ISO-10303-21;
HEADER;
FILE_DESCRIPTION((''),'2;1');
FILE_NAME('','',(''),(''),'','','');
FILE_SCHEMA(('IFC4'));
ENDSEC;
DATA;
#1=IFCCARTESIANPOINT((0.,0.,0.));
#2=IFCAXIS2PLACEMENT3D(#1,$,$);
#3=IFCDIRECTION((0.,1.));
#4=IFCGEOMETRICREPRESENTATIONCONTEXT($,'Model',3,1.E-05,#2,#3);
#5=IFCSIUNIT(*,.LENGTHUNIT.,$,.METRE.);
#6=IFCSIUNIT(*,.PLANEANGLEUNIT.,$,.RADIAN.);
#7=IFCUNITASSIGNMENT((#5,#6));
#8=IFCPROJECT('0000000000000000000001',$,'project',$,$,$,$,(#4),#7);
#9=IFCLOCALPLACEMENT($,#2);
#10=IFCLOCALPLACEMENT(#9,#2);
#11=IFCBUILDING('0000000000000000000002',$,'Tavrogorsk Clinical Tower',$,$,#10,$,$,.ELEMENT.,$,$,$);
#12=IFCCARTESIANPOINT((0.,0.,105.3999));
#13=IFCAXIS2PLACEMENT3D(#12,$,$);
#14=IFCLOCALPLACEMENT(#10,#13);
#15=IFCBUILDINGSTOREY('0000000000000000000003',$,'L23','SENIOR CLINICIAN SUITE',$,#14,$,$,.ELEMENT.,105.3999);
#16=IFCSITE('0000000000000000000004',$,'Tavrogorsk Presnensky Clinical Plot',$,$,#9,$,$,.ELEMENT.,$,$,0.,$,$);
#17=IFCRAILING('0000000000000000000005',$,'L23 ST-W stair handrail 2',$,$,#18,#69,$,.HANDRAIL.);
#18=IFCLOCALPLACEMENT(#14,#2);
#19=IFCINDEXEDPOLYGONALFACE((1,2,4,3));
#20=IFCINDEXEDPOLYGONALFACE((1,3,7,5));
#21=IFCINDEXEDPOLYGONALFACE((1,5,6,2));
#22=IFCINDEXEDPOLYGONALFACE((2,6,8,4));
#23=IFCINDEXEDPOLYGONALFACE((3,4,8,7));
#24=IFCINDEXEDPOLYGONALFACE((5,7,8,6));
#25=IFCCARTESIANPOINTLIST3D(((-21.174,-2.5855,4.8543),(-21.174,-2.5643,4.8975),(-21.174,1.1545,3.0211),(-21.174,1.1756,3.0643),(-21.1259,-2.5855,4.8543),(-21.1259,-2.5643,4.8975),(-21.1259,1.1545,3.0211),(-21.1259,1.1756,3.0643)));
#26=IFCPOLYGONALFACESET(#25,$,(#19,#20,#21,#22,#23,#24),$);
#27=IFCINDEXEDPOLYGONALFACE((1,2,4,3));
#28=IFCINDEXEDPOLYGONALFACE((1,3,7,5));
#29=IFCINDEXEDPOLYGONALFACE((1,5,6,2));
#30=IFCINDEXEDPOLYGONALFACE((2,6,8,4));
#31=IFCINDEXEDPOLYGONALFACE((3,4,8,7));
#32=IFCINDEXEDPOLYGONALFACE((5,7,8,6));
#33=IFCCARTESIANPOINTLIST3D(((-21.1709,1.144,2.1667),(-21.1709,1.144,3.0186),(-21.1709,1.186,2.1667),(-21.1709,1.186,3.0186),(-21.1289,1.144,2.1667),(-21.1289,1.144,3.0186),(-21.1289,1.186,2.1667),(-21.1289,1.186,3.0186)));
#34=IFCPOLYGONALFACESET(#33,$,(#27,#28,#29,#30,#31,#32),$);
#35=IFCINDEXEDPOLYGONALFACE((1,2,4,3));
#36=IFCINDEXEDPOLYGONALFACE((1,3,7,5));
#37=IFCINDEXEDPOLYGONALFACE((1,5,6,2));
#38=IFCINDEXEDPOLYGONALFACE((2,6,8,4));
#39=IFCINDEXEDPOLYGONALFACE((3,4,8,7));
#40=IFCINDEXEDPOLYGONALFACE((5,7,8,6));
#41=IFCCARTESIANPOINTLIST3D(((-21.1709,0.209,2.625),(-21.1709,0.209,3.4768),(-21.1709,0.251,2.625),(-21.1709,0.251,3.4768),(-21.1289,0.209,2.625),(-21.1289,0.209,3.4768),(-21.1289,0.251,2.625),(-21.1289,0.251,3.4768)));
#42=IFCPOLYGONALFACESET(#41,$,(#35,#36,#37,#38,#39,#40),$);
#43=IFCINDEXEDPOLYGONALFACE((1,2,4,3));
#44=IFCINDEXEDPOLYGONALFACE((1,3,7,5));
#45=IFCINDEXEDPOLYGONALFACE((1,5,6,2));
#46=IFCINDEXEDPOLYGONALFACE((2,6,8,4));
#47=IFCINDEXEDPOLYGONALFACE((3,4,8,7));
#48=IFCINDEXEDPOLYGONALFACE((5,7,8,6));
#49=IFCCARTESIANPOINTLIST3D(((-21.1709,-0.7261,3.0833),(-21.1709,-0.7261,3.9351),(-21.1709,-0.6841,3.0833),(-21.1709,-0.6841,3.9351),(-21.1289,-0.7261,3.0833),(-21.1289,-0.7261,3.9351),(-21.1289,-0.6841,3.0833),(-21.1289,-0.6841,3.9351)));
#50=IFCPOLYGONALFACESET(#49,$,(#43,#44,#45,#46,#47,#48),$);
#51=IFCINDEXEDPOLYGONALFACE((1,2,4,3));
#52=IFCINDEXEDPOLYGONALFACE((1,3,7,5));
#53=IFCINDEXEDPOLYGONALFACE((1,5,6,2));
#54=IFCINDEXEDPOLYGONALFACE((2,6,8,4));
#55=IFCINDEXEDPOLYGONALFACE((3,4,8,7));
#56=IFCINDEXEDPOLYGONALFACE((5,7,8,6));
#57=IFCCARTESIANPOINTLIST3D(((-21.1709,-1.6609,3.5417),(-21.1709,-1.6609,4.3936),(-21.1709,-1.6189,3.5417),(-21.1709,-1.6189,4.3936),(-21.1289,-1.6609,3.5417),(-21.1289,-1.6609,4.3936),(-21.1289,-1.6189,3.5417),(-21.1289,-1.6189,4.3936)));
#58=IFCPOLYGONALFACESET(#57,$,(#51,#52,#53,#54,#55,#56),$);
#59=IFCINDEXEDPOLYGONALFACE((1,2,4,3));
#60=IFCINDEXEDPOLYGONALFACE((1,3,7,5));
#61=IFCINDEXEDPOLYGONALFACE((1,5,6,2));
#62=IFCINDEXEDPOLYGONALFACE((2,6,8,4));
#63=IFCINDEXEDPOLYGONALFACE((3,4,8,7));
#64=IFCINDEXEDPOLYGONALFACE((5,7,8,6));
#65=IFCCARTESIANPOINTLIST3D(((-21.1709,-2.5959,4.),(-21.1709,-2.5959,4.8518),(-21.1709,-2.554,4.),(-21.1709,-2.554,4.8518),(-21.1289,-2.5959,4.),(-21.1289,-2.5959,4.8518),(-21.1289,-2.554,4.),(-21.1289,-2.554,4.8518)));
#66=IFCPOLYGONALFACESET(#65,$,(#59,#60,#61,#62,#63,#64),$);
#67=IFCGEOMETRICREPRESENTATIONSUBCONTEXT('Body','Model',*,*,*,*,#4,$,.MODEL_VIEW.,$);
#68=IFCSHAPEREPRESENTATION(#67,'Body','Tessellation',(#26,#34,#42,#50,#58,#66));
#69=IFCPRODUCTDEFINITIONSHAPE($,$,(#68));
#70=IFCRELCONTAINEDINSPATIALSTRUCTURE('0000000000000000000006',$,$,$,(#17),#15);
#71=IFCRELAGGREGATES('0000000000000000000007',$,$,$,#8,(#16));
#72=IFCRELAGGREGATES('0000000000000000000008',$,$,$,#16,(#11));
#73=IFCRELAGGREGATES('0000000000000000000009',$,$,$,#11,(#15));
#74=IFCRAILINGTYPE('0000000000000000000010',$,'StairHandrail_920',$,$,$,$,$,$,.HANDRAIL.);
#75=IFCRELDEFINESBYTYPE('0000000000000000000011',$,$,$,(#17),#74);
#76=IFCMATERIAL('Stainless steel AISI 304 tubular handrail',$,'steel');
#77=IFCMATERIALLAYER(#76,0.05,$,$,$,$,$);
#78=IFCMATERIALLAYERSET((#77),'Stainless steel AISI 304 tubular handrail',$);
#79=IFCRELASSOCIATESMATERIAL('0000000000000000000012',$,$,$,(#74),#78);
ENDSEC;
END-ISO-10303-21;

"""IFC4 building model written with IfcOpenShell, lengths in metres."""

from ifc_helpers import new_model, si_unit, direction, frame, origin, origin_2d, place, context, subcontext, project, spatial, rectangle, extrude, material, layer, layer_set, type_object, element, save


model = new_model("IFC4")

# Units and contexts
model_context = context("Model", 3, precision=1e-05, world=origin(), true_north=direction((0.0, 1.0)))
body_context = subcontext(model_context, "Body", "Model", "MODEL_VIEW")
ifc_project = project(units=[si_unit("LENGTHUNIT", "METRE"), si_unit("PLANEANGLEUNIT", "RADIAN")], contexts=[model_context])

# Site, building, storey
site_placement = place(None, origin())
site = spatial("IfcSite", under=ifc_project, at=site_placement, Name="Tavrogorsk Presnensky Clinical Plot", CompositionType="ELEMENT", RefElevation=0.0)
building_placement = place(site_placement, origin())
building = spatial("IfcBuilding", under=site, at=building_placement, Name="Tavrogorsk Clinical Tower", CompositionType="ELEMENT")
storey_placement = place(building_placement, frame((0.0, 0.0, 105.3999)))
storey = spatial("IfcBuildingStorey", under=building, at=storey_placement, Name="L23", Description="SENIOR CLINICIAN SUITE", CompositionType="ELEMENT", Elevation=105.3999)

# Railing
ifc_material_1 = material(Name="Stainless steel AISI 304 tubular handrail", Category="steel")
ifc_layer_1 = layer(ifc_material_1, 0.05)
ifc_layer_set_1 = layer_set([ifc_layer_1], Name="Stainless steel AISI 304 tubular handrail")
railing_type_1 = type_object("IfcRailingType", Name="StairHandrail_920", PredefinedType="HANDRAIL", material=ifc_layer_set_1)
railing_1_placement = place(storey_placement, frame((-21.1499, 1.165, 2.1667)))
element("IfcRailing", 1, at=railing_1_placement, inside=storey, type_object=railing_type_1, Name="L23 ST-W stair handrail 2", PredefinedType="HANDRAIL", context=body_context, shape_type="SweptSolid", body=[
    extrude(rectangle(XDim=0.0481, YDim=0.0481, at=origin_2d()), frame((0.0, 0.0, 0.876), z_axis=(0.0, -0.897928, 0.440142), x_axis=(1.0, 0.0, 0.0)), (0.0, 0.0, 1.0), 4.165),
    extrude(rectangle(XDim=0.042, YDim=0.042, at=origin_2d()), origin(), (0.0, 0.0, 1.0), 0.8518),
    extrude(rectangle(XDim=0.042, YDim=0.042, at=origin_2d()), frame((0.0, -0.9351, 0.4583)), (0.0, 0.0, 1.0), 0.8518),
    extrude(rectangle(XDim=0.042, YDim=0.042, at=origin_2d()), frame((0.0, -1.8701, 0.9165)), (0.0, 0.0, 1.0), 0.8518),
    extrude(rectangle(XDim=0.042, YDim=0.042, at=origin_2d()), frame((0.0, -2.8049, 1.375)), (0.0, 0.0, 1.0), 0.8518),
    extrude(rectangle(XDim=0.042, YDim=0.042, at=origin_2d()), frame((0.0, -3.74, 1.8333)), (0.0, 0.0, 1.0), 0.8518),
])

save(model, "model.ifc")
